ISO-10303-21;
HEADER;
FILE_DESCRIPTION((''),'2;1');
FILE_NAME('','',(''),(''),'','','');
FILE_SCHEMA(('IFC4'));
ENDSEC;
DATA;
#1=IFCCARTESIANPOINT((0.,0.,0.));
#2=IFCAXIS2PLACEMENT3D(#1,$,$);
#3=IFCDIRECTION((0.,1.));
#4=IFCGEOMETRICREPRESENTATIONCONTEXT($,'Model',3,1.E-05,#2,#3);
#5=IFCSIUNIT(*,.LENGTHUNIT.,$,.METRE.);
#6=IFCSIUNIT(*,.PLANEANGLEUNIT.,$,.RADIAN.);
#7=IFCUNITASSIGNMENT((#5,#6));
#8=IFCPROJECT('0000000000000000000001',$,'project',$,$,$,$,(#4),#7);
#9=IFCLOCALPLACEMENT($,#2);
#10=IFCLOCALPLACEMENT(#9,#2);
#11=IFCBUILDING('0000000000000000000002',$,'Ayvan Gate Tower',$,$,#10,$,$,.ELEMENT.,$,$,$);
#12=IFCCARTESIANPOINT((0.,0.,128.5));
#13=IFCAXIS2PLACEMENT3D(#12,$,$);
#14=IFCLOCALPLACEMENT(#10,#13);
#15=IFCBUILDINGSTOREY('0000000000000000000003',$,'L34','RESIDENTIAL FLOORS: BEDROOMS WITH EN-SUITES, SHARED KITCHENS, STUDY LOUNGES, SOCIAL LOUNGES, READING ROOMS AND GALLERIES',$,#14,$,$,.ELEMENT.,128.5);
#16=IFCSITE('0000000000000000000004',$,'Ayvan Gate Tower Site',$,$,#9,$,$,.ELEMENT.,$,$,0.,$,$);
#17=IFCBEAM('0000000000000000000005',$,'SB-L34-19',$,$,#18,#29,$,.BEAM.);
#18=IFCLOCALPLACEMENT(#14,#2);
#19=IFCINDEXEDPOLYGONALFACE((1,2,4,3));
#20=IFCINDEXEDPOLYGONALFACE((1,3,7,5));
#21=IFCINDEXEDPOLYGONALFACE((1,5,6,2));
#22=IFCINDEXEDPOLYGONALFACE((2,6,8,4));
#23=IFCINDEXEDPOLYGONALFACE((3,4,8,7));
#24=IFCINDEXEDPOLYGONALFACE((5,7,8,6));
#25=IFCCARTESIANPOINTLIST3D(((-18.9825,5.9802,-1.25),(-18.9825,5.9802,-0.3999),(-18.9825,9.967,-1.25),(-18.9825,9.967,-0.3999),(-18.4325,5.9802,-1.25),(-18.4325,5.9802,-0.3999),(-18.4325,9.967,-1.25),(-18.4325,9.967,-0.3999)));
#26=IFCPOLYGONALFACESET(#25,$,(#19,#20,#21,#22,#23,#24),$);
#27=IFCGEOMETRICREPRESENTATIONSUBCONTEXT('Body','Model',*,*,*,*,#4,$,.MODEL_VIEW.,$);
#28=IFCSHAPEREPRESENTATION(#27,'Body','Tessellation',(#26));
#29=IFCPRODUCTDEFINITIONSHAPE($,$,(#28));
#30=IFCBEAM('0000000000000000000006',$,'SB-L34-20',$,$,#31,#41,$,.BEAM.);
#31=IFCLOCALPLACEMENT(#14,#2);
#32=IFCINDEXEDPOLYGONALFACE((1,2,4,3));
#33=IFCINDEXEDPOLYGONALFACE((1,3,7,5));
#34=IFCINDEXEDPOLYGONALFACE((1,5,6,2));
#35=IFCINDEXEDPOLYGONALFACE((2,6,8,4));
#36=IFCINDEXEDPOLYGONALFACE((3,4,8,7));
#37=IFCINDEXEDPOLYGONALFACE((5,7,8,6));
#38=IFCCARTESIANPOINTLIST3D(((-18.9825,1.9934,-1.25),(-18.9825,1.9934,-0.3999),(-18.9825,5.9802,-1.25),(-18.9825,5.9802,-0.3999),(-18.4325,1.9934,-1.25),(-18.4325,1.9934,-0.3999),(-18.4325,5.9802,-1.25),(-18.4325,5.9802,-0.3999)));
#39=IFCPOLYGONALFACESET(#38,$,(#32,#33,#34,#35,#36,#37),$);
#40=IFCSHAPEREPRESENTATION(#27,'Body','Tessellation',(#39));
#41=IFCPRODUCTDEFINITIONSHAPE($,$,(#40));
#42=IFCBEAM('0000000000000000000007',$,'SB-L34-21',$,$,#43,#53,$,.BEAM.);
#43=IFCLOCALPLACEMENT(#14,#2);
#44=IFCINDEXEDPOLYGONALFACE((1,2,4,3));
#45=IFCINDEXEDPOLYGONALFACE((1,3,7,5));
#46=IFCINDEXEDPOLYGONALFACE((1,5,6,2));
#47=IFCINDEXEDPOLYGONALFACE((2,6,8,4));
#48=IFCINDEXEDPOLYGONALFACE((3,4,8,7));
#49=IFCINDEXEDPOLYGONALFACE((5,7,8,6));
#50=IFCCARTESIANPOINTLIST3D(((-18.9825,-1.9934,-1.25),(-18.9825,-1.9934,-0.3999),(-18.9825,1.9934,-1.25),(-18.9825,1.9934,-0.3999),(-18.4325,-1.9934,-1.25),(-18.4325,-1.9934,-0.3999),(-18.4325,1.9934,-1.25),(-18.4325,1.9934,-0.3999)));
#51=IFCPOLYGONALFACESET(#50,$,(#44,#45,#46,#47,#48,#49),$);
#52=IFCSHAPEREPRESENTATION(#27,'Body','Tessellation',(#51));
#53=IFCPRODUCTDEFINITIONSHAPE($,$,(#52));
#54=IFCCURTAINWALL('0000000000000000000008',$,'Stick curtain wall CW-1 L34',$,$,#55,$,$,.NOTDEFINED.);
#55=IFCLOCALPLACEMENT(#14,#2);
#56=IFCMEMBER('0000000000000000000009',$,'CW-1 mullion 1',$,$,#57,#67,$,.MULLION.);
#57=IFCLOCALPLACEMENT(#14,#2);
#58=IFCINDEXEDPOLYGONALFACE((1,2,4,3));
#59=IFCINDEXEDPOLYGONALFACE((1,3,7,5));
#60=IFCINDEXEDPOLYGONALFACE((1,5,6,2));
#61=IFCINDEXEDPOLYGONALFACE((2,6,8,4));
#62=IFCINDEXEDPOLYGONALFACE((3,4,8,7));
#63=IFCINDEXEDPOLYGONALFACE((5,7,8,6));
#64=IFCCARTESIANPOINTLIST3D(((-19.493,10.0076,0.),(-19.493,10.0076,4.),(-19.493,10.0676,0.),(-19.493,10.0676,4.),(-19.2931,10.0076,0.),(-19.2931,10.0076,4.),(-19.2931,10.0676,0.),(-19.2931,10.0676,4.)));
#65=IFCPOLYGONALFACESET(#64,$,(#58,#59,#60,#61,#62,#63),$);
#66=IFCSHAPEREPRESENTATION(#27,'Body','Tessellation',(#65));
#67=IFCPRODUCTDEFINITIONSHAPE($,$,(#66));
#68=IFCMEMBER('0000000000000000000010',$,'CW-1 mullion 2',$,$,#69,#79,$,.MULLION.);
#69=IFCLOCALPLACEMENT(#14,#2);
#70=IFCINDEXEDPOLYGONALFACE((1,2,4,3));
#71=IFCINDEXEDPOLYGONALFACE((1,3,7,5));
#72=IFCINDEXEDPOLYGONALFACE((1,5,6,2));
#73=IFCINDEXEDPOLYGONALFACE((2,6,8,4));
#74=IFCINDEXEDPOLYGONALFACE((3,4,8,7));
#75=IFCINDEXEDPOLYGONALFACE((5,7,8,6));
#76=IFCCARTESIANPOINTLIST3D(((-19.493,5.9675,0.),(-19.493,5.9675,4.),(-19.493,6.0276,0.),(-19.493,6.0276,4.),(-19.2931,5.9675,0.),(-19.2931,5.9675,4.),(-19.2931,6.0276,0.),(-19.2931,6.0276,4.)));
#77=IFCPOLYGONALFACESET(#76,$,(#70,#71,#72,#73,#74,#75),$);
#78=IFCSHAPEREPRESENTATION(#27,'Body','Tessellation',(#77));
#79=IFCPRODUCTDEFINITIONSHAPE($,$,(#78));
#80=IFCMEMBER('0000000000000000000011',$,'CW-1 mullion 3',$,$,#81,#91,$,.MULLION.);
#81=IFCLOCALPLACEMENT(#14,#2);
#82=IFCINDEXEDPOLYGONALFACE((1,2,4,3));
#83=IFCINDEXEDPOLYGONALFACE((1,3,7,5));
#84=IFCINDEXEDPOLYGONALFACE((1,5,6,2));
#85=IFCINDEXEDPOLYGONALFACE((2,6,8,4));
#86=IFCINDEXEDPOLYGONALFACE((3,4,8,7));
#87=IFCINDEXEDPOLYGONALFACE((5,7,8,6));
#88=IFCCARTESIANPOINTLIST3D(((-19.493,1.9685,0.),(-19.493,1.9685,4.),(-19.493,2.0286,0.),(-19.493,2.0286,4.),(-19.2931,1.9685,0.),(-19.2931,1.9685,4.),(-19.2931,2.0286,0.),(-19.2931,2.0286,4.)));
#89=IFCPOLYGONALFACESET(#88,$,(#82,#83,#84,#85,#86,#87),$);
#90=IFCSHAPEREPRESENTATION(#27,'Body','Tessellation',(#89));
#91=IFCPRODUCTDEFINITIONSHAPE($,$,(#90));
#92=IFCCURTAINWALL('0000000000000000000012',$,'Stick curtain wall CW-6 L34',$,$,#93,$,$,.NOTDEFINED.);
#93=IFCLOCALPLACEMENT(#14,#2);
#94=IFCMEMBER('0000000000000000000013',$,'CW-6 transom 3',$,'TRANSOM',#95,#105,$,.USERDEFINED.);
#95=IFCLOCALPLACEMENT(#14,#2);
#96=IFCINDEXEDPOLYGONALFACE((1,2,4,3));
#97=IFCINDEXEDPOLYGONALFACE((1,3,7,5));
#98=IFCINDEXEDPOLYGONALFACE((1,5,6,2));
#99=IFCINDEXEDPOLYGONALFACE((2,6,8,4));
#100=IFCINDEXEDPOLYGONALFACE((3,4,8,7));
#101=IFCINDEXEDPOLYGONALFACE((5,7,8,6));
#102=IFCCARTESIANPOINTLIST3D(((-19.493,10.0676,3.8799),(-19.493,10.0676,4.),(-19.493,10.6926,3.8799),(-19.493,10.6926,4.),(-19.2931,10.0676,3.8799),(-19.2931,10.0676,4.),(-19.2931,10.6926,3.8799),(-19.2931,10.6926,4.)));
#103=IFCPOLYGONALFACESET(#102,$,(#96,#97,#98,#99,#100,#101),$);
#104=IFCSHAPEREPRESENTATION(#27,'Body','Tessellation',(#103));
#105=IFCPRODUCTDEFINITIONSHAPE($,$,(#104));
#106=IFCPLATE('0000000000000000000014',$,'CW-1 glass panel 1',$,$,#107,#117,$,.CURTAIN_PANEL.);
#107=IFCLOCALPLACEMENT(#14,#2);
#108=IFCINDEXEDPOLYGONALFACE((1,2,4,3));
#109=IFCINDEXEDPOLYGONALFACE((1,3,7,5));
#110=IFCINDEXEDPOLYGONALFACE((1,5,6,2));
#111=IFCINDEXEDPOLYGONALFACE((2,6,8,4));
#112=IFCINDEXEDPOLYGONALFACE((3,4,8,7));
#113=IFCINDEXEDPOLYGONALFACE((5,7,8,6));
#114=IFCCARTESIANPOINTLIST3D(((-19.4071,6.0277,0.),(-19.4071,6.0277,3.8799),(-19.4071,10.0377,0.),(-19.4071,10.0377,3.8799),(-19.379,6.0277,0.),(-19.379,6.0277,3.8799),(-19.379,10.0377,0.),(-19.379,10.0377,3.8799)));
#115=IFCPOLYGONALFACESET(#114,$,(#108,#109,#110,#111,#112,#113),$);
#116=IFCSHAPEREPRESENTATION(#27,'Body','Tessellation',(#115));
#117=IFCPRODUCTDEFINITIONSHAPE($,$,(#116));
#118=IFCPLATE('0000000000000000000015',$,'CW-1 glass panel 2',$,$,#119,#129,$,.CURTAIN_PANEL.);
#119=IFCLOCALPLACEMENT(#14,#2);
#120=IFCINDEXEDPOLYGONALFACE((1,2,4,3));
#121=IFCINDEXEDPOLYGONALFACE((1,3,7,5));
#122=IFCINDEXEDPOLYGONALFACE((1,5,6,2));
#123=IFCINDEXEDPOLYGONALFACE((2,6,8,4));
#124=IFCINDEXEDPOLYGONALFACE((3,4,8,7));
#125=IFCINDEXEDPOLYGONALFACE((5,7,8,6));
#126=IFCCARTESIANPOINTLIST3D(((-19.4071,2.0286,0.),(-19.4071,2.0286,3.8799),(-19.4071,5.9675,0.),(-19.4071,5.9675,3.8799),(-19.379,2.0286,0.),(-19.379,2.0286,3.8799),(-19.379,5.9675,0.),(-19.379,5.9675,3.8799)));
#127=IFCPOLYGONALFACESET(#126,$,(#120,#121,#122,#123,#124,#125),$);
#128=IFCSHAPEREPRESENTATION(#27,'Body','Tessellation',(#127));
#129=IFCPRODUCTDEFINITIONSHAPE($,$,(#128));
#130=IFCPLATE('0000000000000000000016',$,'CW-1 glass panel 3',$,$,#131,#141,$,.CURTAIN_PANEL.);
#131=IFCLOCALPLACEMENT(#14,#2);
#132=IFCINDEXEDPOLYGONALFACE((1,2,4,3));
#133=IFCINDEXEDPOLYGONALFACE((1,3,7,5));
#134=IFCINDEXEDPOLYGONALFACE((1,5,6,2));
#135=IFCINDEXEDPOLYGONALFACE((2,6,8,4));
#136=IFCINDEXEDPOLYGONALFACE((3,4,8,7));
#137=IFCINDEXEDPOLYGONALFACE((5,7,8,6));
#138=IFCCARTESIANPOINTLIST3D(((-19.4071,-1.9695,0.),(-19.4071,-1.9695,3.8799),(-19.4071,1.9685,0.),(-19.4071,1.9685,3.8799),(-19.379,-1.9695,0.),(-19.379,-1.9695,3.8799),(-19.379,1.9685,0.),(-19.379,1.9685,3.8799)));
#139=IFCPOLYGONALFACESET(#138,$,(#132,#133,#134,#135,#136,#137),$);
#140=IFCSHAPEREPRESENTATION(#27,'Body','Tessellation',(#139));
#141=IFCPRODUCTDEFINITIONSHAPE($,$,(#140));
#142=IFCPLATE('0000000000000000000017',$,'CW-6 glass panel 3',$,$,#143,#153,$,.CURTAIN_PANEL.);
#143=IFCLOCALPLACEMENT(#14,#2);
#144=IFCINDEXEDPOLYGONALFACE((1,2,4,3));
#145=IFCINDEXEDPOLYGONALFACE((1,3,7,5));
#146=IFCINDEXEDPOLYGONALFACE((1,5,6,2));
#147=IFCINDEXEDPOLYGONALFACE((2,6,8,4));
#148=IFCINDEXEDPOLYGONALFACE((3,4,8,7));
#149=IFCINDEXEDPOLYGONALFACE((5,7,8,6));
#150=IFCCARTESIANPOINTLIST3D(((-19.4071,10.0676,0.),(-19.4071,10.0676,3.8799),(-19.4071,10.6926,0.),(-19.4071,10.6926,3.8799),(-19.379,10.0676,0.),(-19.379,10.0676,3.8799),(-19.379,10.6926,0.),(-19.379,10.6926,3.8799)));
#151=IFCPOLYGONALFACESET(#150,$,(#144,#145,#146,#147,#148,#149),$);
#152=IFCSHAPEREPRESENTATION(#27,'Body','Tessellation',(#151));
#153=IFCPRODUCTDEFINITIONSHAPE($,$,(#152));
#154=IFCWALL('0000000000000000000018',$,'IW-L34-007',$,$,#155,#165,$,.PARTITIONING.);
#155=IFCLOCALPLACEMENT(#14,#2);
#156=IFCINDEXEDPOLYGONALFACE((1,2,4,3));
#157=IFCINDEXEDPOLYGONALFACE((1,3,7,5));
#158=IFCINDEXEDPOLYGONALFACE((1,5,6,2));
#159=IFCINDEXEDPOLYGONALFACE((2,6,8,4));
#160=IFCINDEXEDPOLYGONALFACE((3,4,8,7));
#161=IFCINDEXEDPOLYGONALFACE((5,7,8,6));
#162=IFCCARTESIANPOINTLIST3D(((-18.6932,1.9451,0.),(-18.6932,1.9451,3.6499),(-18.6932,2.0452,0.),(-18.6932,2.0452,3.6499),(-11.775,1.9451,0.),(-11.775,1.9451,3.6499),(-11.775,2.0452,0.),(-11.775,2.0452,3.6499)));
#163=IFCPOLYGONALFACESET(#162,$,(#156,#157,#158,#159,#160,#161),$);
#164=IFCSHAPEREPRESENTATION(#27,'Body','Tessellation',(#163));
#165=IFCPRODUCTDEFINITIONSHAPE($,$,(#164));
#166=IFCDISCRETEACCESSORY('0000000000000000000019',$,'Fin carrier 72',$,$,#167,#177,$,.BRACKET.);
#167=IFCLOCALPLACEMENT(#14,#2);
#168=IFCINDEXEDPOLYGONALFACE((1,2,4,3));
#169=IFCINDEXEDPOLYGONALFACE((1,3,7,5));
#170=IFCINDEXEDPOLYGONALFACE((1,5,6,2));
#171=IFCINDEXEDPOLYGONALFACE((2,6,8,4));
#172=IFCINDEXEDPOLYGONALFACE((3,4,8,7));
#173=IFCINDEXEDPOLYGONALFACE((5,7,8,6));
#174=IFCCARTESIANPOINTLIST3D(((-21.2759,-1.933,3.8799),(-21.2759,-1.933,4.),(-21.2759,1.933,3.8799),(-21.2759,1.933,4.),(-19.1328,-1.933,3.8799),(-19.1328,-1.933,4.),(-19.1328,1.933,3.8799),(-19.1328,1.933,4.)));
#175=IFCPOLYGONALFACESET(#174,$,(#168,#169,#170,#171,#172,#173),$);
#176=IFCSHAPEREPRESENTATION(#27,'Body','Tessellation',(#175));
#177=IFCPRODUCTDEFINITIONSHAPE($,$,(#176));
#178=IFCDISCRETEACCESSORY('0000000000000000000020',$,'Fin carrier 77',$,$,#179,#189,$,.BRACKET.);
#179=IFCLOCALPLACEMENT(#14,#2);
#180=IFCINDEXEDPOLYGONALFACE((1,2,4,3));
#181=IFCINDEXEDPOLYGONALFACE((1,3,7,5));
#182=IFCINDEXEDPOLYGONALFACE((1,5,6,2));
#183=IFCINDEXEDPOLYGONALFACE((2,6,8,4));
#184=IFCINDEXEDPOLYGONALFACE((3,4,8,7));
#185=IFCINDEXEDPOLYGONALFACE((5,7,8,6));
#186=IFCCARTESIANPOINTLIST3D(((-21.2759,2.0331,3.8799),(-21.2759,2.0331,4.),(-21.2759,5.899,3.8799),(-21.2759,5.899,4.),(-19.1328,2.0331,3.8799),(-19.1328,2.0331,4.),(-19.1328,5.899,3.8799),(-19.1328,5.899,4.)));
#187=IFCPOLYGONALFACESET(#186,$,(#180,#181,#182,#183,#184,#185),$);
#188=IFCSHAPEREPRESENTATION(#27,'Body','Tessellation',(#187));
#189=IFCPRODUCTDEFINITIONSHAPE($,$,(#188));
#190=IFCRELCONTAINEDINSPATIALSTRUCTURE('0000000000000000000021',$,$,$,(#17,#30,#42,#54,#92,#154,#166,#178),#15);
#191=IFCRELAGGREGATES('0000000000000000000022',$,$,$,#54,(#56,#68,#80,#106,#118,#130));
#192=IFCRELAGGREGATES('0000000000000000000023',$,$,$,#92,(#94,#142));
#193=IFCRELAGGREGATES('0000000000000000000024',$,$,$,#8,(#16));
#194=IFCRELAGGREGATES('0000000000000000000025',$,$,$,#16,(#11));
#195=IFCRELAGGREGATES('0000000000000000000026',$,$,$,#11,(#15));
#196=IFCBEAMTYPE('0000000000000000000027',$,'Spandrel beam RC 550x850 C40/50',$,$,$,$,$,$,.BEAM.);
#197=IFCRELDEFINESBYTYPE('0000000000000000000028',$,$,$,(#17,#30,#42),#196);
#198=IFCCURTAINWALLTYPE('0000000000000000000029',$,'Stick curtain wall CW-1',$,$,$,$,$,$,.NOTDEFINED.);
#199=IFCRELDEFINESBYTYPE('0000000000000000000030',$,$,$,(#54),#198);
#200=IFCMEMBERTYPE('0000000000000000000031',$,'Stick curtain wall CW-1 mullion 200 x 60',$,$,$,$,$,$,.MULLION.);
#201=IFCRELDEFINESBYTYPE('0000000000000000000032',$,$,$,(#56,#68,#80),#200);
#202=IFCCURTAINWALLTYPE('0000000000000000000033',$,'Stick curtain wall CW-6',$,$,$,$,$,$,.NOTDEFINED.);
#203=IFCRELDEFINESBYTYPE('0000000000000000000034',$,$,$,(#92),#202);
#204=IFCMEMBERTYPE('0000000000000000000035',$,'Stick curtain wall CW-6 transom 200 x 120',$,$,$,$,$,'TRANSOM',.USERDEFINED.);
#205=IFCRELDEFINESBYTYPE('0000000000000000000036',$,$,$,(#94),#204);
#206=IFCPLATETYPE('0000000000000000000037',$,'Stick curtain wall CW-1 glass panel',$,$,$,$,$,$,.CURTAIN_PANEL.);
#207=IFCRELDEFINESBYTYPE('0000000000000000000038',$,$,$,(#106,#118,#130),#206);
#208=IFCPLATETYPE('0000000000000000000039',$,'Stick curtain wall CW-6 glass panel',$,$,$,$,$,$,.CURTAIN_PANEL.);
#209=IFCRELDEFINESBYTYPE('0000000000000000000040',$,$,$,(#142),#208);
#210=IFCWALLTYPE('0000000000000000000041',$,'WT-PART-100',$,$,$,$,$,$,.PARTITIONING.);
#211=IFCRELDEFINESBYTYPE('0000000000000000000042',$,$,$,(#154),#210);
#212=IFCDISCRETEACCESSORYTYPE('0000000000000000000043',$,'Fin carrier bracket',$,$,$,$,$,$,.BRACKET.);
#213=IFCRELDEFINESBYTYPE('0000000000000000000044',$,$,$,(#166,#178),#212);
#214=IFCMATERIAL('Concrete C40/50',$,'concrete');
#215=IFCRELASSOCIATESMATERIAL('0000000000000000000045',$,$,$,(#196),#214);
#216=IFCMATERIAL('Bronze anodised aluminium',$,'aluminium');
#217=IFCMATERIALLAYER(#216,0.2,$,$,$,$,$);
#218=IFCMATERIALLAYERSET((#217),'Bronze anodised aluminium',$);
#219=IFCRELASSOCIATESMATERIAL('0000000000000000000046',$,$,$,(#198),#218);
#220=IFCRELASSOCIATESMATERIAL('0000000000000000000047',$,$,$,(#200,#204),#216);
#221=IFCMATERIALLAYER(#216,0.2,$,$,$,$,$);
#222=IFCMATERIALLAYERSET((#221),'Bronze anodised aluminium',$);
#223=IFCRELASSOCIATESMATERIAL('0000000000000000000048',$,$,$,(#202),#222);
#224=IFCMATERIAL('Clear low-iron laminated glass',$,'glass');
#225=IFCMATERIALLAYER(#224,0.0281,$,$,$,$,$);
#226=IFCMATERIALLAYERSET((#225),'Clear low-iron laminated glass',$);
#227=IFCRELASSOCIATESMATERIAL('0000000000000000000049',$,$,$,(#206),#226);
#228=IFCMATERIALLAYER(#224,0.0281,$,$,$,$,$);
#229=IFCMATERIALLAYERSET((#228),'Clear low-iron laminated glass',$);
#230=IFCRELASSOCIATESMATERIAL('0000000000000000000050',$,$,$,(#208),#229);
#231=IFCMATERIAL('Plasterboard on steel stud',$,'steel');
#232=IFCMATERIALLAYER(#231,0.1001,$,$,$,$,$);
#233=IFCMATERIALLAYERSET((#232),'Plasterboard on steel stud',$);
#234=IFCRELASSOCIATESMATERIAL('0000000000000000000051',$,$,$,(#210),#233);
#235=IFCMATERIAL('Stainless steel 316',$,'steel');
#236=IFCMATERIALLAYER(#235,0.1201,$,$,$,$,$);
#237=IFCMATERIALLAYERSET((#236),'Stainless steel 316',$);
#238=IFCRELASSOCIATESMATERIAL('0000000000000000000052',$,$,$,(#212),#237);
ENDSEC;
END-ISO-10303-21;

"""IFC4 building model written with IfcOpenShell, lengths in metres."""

from ifc_helpers import new_model, si_unit, direction, frame, frame_2d, origin, origin_2d, place, context, subcontext, project, spatial, rectangle, extrude, material, layer, layer_set, material_profile, profile_set, type_object, element, aggregate, save


model = new_model("IFC4")

# Units and contexts
model_context = context("Model", 3, precision=1e-05, world=origin(), true_north=direction((0.0, 1.0)))
body_context = subcontext(model_context, "Body", "Model", "MODEL_VIEW")
ifc_project = project(units=[si_unit("LENGTHUNIT", "METRE"), si_unit("PLANEANGLEUNIT", "RADIAN")], contexts=[model_context])

# Site, building, storey
site_placement = place(None, origin())
site = spatial("IfcSite", under=ifc_project, at=site_placement, Name="Ayvan Gate Tower Site", CompositionType="ELEMENT", RefElevation=0.0)
building_placement = place(site_placement, origin())
building = spatial("IfcBuilding", under=site, at=building_placement, Name="Ayvan Gate Tower", CompositionType="ELEMENT")
storey_placement = place(building_placement, frame((0.0, 0.0, 128.5)))
storey = spatial("IfcBuildingStorey", under=building, at=storey_placement, Name="L34", Description="RESIDENTIAL FLOORS: BEDROOMS WITH EN-SUITES, SHARED KITCHENS, STUDY LOUNGES, SOCIAL LOUNGES, READING ROOMS AND GALLERIES", CompositionType="ELEMENT", Elevation=128.5)

# Beams
ifc_material_1 = material(Name="Concrete C40/50", Category="concrete")
ifc_material_profile_1 = material_profile(ifc_material_1, rectangle(XDim=0.55, YDim=0.8501, at=origin_2d()), Name="RC 550x850")
ifc_profile_set_1 = profile_set([ifc_material_profile_1], Name="Concrete C40/50")
beam_type = type_object("IfcBeamType", Name="Spandrel beam RC 550x850 C40/50", PredefinedType="BEAM", material=ifc_profile_set_1)
for number, where, z_axis, x_axis, name in (
    (1, (-18.7075, 9.967, -0.825), (0.0, -1.0, 0.0), (1.0, 0.0, 0.0), "SB-L34-19"),
    (2, (-18.7075, 5.9802, -0.825), (0.0, -1.0, 0.0), (1.0, 0.0, 0.0), "SB-L34-20"),
    (3, (-18.7075, 1.9934, -0.825), (0.0, -1.0, 0.0), (1.0, 0.0, 0.0), "SB-L34-21"),
):
    element("IfcBeam", number, at=place(storey_placement, frame(where, z_axis=z_axis, x_axis=x_axis)), inside=storey, type_object=beam_type, Name=name, PredefinedType="BEAM", context=body_context, shape_type="SweptSolid", body=[
        extrude(rectangle(XDim=0.55, YDim=0.8501, at=origin_2d()), origin(), (0.0, 0.0, 1.0), 3.9868),
    ])

# Curtain wall, members
ifc_material_2 = material(Name="Bronze anodised aluminium", Category="aluminium")
ifc_layer_1 = layer(ifc_material_2, 0.2)
ifc_layer_set_1 = layer_set([ifc_layer_1], Name="Bronze anodised aluminium")
curtain_wall_type_1 = type_object("IfcCurtainWallType", Name="Stick curtain wall CW-1", PredefinedType="NOTDEFINED", material=ifc_layer_set_1)
curtain_wall_1_placement = place(storey_placement, origin())
curtain_wall_1 = element("IfcCurtainWall", 4, at=curtain_wall_1_placement, inside=storey, type_object=curtain_wall_type_1, Name="Stick curtain wall CW-1 L34", PredefinedType="NOTDEFINED")
ifc_material_profile_2 = material_profile(ifc_material_2, rectangle(XDim=0.2, YDim=0.0601, at=origin_2d()), Name="Stick curtain wall CW-1 mullion 200 x 60")
ifc_profile_set_2 = profile_set([ifc_material_profile_2], Name="Bronze anodised aluminium")
member_type_1 = type_object("IfcMemberType", Name="Stick curtain wall CW-1 mullion 200 x 60", PredefinedType="MULLION", material=ifc_profile_set_2)
member_1_placement = place(storey_placement, frame((-19.3931, 10.0376, 0.0), z_axis=(0.0, 0.0, 1.0), x_axis=(-1.0, 0.0, 0.0)))
member_1 = element("IfcMember", 5, at=member_1_placement, type_object=member_type_1, Name="CW-1 mullion 1", PredefinedType="MULLION", context=body_context, shape_type="SweptSolid", body=[
    extrude(rectangle(XDim=0.2, YDim=0.0601, at=origin_2d()), origin(), (0.0, 0.0, 1.0), 4.0),
])
member_2_placement = place(storey_placement, frame((-19.3931, 5.9976, 0.0), z_axis=(0.0, 0.0, 1.0), x_axis=(-1.0, 0.0, 0.0)))
member_2 = element("IfcMember", 6, at=member_2_placement, type_object=member_type_1, Name="CW-1 mullion 2", PredefinedType="MULLION", context=body_context, shape_type="SweptSolid", body=[
    extrude(rectangle(XDim=0.2, YDim=0.0601, at=origin_2d()), origin(), (0.0, 0.0, 1.0), 4.0),
])
member_3_placement = place(storey_placement, frame((-19.3931, 1.9985, 0.0), z_axis=(0.0, 0.0, 1.0), x_axis=(-1.0, 0.0, 0.0)))
member_3 = element("IfcMember", 7, at=member_3_placement, type_object=member_type_1, Name="CW-1 mullion 3", PredefinedType="MULLION", context=body_context, shape_type="SweptSolid", body=[
    extrude(rectangle(XDim=0.2, YDim=0.0601, at=origin_2d()), origin(), (0.0, 0.0, 1.0), 4.0),
])

# Curtain wall, member
ifc_layer_2 = layer(ifc_material_2, 0.2)
ifc_layer_set_2 = layer_set([ifc_layer_2], Name="Bronze anodised aluminium")
curtain_wall_type_2 = type_object("IfcCurtainWallType", Name="Stick curtain wall CW-6", PredefinedType="NOTDEFINED", material=ifc_layer_set_2)
curtain_wall_2_placement = place(storey_placement, origin())
curtain_wall_2 = element("IfcCurtainWall", 8, at=curtain_wall_2_placement, inside=storey, type_object=curtain_wall_type_2, Name="Stick curtain wall CW-6 L34", PredefinedType="NOTDEFINED")
ifc_material_profile_3 = material_profile(ifc_material_2, rectangle(XDim=0.2, YDim=0.1201, at=origin_2d()), Name="Stick curtain wall CW-6 transom 200 x 120")
ifc_profile_set_3 = profile_set([ifc_material_profile_3], Name="Bronze anodised aluminium")
member_type_2 = type_object("IfcMemberType", Name="Stick curtain wall CW-6 transom 200 x 120", ElementType="TRANSOM", PredefinedType="USERDEFINED", material=ifc_profile_set_3)
member_4_placement = place(storey_placement, frame((-19.3931, 10.6926, 3.9399), z_axis=(0.0, -1.0, 0.0), x_axis=(1.0, 0.0, 0.0)))
member_4 = element("IfcMember", 9, at=member_4_placement, type_object=member_type_2, Name="CW-6 transom 3", ObjectType="TRANSOM", PredefinedType="USERDEFINED", context=body_context, shape_type="SweptSolid", body=[
    extrude(rectangle(XDim=0.2, YDim=0.1201, at=origin_2d()), origin(), (0.0, 0.0, 1.0), 0.625),
])

# Plates
ifc_material_3 = material(Name="Clear low-iron laminated glass", Category="glass")
ifc_layer_3 = layer(ifc_material_3, 0.0281)
ifc_layer_set_3 = layer_set([ifc_layer_3], Name="Clear low-iron laminated glass")
plate_type_1 = type_object("IfcPlateType", Name="Stick curtain wall CW-1 glass panel", PredefinedType="CURTAIN_PANEL", material=ifc_layer_set_3)
plate_1_placement = place(storey_placement, frame((-19.3931, 8.0327, 0.0), z_axis=(0.0, 0.0, 1.0), x_axis=(0.0, -1.0, 0.0)))
plate_1 = element("IfcPlate", 10, at=plate_1_placement, type_object=plate_type_1, Name="CW-1 glass panel 1", PredefinedType="CURTAIN_PANEL", context=body_context, shape_type="SweptSolid", body=[
    extrude(rectangle(XDim=4.01, YDim=0.0281, at=origin_2d()), origin(), (0.0, 0.0, 1.0), 3.8799),
])
plate_2_placement = place(storey_placement, frame((-19.3931, 3.998, 0.0), z_axis=(0.0, 0.0, 1.0), x_axis=(0.0, -1.0, 0.0)))
plate_2 = element("IfcPlate", 11, at=plate_2_placement, type_object=plate_type_1, Name="CW-1 glass panel 2", PredefinedType="CURTAIN_PANEL", context=body_context, shape_type="SweptSolid", body=[
    extrude(rectangle(XDim=3.939, YDim=0.0281, at=origin_2d()), origin(), (0.0, 0.0, 1.0), 3.8799),
])
plate_3_placement = place(storey_placement, frame((-19.3931, -0.0005, 0.0), z_axis=(0.0, 0.0, 1.0), x_axis=(0.0, -1.0, 0.0)))
plate_3 = element("IfcPlate", 12, at=plate_3_placement, type_object=plate_type_1, Name="CW-1 glass panel 3", PredefinedType="CURTAIN_PANEL", context=body_context, shape_type="SweptSolid", body=[
    extrude(rectangle(XDim=3.938, YDim=0.0281, at=origin_2d()), origin(), (0.0, 0.0, 1.0), 3.8799),
])
aggregate(curtain_wall_1, [member_1, member_2, member_3, plate_1, plate_2, plate_3])
ifc_layer_4 = layer(ifc_material_3, 0.0281)
ifc_layer_set_4 = layer_set([ifc_layer_4], Name="Clear low-iron laminated glass")
plate_type_2 = type_object("IfcPlateType", Name="Stick curtain wall CW-6 glass panel", PredefinedType="CURTAIN_PANEL", material=ifc_layer_set_4)
plate_4_placement = place(storey_placement, frame((-19.3931, 10.3801, 0.0), z_axis=(0.0, 0.0, 1.0), x_axis=(0.0, -1.0, 0.0)))
plate_4 = element("IfcPlate", 13, at=plate_4_placement, type_object=plate_type_2, Name="CW-6 glass panel 3", PredefinedType="CURTAIN_PANEL", context=body_context, shape_type="SweptSolid", body=[
    extrude(rectangle(XDim=0.625, YDim=0.0281, at=origin_2d()), origin(), (0.0, 0.0, 1.0), 3.8799),
])
aggregate(curtain_wall_2, [member_4, plate_4])

# Wall
ifc_material_4 = material(Name="Plasterboard on steel stud", Category="steel")
ifc_layer_5 = layer(ifc_material_4, 0.1001)
ifc_layer_set_5 = layer_set([ifc_layer_5], Name="Plasterboard on steel stud")
wall_type = type_object("IfcWallType", Name="WT-PART-100", PredefinedType="PARTITIONING", material=ifc_layer_set_5)
wall_placement = place(storey_placement, frame((-18.6931, 1.9951, 0.0), z_axis=(0.0, 0.0, 1.0), x_axis=(1.0, 0.0, 0.0)))
element("IfcWall", 14, at=wall_placement, inside=storey, type_object=wall_type, Name="IW-L34-007", PredefinedType="PARTITIONING", context=body_context, shape_type="SweptSolid", body=[
    extrude(rectangle(XDim=6.9182, YDim=0.1001, at=frame_2d((3.459, 0.0))), origin(), (0.0, 0.0, 1.0), 3.6499),
])

# Discrete accessories
ifc_material_5 = material(Name="Stainless steel 316", Category="steel")
ifc_layer_6 = layer(ifc_material_5, 0.1201)
ifc_layer_set_6 = layer_set([ifc_layer_6], Name="Stainless steel 316")
discrete_accessory_type = type_object("IfcDiscreteAccessoryType", Name="Fin carrier bracket", PredefinedType="BRACKET", material=ifc_layer_set_6)
for number, where, z_axis, x_axis, name in (
    (15, (-20.2043, 0.0, 3.8799), (0.0, 0.0, 1.0), (0.0, -1.0, 0.0), "Fin carrier 72"),
    (16, (-20.2043, 3.9661, 3.8799), (0.0, 0.0, 1.0), (0.0, -1.0, 0.0), "Fin carrier 77"),
):
    element("IfcDiscreteAccessory", number, at=place(storey_placement, frame(where, z_axis=z_axis, x_axis=x_axis)), inside=storey, type_object=discrete_accessory_type, Name=name, PredefinedType="BRACKET", context=body_context, shape_type="SweptSolid", body=[
        extrude(rectangle(XDim=3.866, YDim=2.1431, at=origin_2d()), origin(), (0.0, 0.0, 1.0), 0.1201),
    ])

save(model, "model.ifc")
